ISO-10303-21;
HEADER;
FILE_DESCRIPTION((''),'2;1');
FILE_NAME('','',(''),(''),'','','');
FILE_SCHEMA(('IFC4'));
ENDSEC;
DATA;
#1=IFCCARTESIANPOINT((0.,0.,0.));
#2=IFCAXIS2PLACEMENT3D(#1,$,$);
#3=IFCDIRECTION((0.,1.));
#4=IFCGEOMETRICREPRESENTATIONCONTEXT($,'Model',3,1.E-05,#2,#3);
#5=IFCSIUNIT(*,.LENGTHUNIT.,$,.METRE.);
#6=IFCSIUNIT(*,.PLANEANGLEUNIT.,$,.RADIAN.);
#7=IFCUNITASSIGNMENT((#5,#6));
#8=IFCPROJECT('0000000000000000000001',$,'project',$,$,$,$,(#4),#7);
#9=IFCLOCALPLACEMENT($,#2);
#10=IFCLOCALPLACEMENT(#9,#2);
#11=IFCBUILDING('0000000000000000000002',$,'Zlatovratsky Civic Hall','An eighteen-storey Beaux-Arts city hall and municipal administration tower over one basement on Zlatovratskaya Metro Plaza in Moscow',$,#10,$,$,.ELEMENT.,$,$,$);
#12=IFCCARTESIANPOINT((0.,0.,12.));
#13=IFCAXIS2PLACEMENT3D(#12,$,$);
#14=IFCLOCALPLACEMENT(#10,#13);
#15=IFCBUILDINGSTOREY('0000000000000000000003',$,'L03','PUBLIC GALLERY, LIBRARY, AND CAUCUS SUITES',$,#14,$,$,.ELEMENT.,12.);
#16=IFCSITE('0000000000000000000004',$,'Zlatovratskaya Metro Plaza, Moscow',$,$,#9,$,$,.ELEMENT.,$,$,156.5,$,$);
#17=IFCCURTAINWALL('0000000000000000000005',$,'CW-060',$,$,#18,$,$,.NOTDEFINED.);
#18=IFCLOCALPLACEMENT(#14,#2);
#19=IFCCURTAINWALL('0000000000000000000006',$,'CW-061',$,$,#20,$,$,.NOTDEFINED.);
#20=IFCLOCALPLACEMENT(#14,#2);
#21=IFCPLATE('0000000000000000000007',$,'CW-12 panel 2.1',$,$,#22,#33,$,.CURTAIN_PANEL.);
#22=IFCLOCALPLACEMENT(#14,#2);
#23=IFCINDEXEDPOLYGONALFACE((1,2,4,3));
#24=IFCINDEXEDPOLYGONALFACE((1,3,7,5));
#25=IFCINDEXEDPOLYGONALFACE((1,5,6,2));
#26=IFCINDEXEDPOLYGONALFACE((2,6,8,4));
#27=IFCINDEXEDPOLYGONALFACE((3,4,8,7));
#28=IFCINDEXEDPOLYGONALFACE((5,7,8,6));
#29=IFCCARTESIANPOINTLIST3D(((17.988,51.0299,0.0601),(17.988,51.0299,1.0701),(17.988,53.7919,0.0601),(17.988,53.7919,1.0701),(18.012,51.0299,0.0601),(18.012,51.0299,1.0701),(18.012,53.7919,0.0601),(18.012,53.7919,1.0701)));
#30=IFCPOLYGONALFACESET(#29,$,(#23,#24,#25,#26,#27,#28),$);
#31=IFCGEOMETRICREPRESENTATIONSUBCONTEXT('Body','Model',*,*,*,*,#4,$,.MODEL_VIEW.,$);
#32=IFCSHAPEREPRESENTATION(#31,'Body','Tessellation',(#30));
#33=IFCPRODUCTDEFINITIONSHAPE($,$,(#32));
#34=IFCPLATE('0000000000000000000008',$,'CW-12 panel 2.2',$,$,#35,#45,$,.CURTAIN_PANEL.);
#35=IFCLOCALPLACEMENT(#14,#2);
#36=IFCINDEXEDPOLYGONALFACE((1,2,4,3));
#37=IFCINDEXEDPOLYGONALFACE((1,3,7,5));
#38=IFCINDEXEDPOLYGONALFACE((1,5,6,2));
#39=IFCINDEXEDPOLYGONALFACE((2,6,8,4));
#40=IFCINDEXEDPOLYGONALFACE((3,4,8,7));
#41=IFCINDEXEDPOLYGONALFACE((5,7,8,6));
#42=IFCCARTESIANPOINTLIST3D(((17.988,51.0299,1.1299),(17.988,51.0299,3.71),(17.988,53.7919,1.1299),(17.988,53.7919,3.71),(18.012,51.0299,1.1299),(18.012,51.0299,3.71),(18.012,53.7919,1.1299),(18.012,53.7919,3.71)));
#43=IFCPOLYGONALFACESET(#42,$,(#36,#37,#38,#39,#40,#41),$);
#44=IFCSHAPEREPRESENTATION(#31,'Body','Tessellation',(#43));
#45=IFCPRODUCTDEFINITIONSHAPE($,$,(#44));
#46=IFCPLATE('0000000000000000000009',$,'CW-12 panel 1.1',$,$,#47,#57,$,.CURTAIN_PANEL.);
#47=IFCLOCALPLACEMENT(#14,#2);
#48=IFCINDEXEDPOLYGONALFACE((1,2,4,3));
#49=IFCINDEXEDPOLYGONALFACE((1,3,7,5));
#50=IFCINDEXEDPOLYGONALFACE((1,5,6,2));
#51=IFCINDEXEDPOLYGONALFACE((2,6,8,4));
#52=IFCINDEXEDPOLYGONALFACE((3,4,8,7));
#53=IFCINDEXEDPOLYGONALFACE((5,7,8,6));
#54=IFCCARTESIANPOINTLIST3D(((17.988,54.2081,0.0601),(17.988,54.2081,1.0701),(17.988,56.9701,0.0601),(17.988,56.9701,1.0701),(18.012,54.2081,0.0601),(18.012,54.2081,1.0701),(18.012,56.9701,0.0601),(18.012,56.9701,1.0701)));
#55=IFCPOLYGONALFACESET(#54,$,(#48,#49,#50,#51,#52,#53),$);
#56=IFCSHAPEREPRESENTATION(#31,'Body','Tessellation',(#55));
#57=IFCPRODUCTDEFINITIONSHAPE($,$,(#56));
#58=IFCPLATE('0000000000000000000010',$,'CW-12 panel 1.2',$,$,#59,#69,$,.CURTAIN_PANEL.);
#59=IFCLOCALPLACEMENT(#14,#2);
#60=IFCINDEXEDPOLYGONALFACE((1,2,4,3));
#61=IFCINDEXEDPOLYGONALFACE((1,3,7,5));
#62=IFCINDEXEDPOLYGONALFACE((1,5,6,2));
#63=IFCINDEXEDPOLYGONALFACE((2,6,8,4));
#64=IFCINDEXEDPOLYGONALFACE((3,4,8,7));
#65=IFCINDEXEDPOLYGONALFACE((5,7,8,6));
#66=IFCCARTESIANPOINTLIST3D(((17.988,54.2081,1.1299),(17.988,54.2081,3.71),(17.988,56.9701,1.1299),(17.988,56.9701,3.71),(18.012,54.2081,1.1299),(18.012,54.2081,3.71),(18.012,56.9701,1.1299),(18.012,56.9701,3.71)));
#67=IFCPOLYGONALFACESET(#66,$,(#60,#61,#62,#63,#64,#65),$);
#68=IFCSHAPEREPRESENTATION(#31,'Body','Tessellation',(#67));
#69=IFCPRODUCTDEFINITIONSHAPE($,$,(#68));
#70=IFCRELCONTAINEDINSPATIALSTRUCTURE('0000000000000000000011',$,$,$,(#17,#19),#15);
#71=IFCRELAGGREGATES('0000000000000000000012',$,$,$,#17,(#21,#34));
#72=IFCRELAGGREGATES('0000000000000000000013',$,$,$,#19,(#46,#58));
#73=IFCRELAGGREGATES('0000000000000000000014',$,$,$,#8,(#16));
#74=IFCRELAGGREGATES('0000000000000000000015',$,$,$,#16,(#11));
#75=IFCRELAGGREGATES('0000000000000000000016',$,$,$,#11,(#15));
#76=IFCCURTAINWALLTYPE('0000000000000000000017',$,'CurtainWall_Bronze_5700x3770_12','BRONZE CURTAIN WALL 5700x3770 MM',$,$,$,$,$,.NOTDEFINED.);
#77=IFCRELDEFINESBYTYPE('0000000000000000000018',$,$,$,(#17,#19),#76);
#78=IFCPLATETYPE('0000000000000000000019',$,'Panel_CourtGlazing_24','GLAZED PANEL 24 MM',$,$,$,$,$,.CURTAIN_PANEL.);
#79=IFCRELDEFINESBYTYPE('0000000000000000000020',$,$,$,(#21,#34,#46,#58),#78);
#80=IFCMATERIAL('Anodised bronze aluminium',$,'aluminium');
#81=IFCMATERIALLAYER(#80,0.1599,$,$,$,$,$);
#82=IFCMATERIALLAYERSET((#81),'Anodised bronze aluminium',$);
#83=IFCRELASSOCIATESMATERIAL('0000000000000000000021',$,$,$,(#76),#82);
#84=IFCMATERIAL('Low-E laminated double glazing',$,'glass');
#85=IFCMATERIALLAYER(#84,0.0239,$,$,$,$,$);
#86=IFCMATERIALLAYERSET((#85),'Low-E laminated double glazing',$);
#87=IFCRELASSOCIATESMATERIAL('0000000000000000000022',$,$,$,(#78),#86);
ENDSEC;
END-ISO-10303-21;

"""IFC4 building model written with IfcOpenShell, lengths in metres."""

from ifc_helpers import new_model, si_unit, direction, frame, origin, origin_2d, place, context, subcontext, project, spatial, rectangle, extrude, material, layer, layer_set, type_object, element, aggregate, save


model = new_model("IFC4")

# Units and contexts
model_context = context("Model", 3, precision=1e-05, world=origin(), true_north=direction((0.0, 1.0)))
body_context = subcontext(model_context, "Body", "Model", "MODEL_VIEW")
ifc_project = project(units=[si_unit("LENGTHUNIT", "METRE"), si_unit("PLANEANGLEUNIT", "RADIAN")], contexts=[model_context])

# Site, building, storey
site_placement = place(None, origin())
site = spatial("IfcSite", under=ifc_project, at=site_placement, Name="Zlatovratskaya Metro Plaza, Moscow", CompositionType="ELEMENT", RefElevation=156.5)
building_placement = place(site_placement, origin())
building = spatial("IfcBuilding", under=site, at=building_placement, Name="Zlatovratsky Civic Hall", Description="An eighteen-storey Beaux-Arts city hall and municipal administration tower over one basement on Zlatovratskaya Metro Plaza in Moscow", CompositionType="ELEMENT")
storey_placement = place(building_placement, frame((0.0, 0.0, 12.0)))
storey = spatial("IfcBuildingStorey", under=building, at=storey_placement, Name="L03", Description="PUBLIC GALLERY, LIBRARY, AND CAUCUS SUITES", CompositionType="ELEMENT", Elevation=12.0)

# Shared definitions
ifc_material_1 = material(Name="Anodised bronze aluminium", Category="aluminium")
ifc_layer_1 = layer(ifc_material_1, 0.1599)
ifc_layer_set_1 = layer_set([ifc_layer_1], Name="Anodised bronze aluminium")
curtain_wall_type = type_object("IfcCurtainWallType", Name="CurtainWall_Bronze_5700x3770_12", Description="BRONZE CURTAIN WALL 5700x3770 MM", PredefinedType="NOTDEFINED", material=ifc_layer_set_1)

# Curtain walls
curtain_wall_1_placement = place(storey_placement, origin())
curtain_wall_1 = element("IfcCurtainWall", 1, at=curtain_wall_1_placement, inside=storey, type_object=curtain_wall_type, Name="CW-060", PredefinedType="NOTDEFINED")
curtain_wall_2_placement = place(storey_placement, origin())
curtain_wall_2 = element("IfcCurtainWall", 2, at=curtain_wall_2_placement, inside=storey, type_object=curtain_wall_type, Name="CW-061", PredefinedType="NOTDEFINED")

# Plates
ifc_material_2 = material(Name="Low-E laminated double glazing", Category="glass")
ifc_layer_2 = layer(ifc_material_2, 0.0239)
ifc_layer_set_2 = layer_set([ifc_layer_2], Name="Low-E laminated double glazing")
plate_type = type_object("IfcPlateType", Name="Panel_CourtGlazing_24", Description="GLAZED PANEL 24 MM", PredefinedType="CURTAIN_PANEL", material=ifc_layer_set_2)
plate_1_placement = place(storey_placement, frame((18.0, 52.4109, 0.0601), z_axis=(0.0, 0.0, 1.0), x_axis=(0.0, 1.0, 0.0)))
plate_1 = element("IfcPlate", 3, at=plate_1_placement, type_object=plate_type, Name="CW-12 panel 2.1", PredefinedType="CURTAIN_PANEL", context=body_context, shape_type="SweptSolid", body=[
    extrude(rectangle(XDim=2.762, YDim=0.0239, at=origin_2d()), origin(), (0.0, 0.0, 1.0), 1.01),
])
plate_2_placement = place(storey_placement, frame((18.0, 52.4109, 1.1299), z_axis=(0.0, 0.0, 1.0), x_axis=(0.0, 1.0, 0.0)))
plate_2 = element("IfcPlate", 4, at=plate_2_placement, type_object=plate_type, Name="CW-12 panel 2.2", PredefinedType="CURTAIN_PANEL", context=body_context, shape_type="SweptSolid", body=[
    extrude(rectangle(XDim=2.762, YDim=0.0239, at=origin_2d()), origin(), (0.0, 0.0, 1.0), 2.5801),
])
aggregate(curtain_wall_1, [plate_1, plate_2])
plate_3_placement = place(storey_placement, frame((18.0, 55.5891, 0.0601), z_axis=(0.0, 0.0, 1.0), x_axis=(0.0, 1.0, 0.0)))
plate_3 = element("IfcPlate", 5, at=plate_3_placement, type_object=plate_type, Name="CW-12 panel 1.1", PredefinedType="CURTAIN_PANEL", context=body_context, shape_type="SweptSolid", body=[
    extrude(rectangle(XDim=2.762, YDim=0.0239, at=origin_2d()), origin(), (0.0, 0.0, 1.0), 1.01),
])
plate_4_placement = place(storey_placement, frame((18.0, 55.5891, 1.1299), z_axis=(0.0, 0.0, 1.0), x_axis=(0.0, 1.0, 0.0)))
plate_4 = element("IfcPlate", 6, at=plate_4_placement, type_object=plate_type, Name="CW-12 panel 1.2", PredefinedType="CURTAIN_PANEL", context=body_context, shape_type="SweptSolid", body=[
    extrude(rectangle(XDim=2.762, YDim=0.0239, at=origin_2d()), origin(), (0.0, 0.0, 1.0), 2.5801),
])
aggregate(curtain_wall_2, [plate_3, plate_4])

save(model, "model.ifc")
